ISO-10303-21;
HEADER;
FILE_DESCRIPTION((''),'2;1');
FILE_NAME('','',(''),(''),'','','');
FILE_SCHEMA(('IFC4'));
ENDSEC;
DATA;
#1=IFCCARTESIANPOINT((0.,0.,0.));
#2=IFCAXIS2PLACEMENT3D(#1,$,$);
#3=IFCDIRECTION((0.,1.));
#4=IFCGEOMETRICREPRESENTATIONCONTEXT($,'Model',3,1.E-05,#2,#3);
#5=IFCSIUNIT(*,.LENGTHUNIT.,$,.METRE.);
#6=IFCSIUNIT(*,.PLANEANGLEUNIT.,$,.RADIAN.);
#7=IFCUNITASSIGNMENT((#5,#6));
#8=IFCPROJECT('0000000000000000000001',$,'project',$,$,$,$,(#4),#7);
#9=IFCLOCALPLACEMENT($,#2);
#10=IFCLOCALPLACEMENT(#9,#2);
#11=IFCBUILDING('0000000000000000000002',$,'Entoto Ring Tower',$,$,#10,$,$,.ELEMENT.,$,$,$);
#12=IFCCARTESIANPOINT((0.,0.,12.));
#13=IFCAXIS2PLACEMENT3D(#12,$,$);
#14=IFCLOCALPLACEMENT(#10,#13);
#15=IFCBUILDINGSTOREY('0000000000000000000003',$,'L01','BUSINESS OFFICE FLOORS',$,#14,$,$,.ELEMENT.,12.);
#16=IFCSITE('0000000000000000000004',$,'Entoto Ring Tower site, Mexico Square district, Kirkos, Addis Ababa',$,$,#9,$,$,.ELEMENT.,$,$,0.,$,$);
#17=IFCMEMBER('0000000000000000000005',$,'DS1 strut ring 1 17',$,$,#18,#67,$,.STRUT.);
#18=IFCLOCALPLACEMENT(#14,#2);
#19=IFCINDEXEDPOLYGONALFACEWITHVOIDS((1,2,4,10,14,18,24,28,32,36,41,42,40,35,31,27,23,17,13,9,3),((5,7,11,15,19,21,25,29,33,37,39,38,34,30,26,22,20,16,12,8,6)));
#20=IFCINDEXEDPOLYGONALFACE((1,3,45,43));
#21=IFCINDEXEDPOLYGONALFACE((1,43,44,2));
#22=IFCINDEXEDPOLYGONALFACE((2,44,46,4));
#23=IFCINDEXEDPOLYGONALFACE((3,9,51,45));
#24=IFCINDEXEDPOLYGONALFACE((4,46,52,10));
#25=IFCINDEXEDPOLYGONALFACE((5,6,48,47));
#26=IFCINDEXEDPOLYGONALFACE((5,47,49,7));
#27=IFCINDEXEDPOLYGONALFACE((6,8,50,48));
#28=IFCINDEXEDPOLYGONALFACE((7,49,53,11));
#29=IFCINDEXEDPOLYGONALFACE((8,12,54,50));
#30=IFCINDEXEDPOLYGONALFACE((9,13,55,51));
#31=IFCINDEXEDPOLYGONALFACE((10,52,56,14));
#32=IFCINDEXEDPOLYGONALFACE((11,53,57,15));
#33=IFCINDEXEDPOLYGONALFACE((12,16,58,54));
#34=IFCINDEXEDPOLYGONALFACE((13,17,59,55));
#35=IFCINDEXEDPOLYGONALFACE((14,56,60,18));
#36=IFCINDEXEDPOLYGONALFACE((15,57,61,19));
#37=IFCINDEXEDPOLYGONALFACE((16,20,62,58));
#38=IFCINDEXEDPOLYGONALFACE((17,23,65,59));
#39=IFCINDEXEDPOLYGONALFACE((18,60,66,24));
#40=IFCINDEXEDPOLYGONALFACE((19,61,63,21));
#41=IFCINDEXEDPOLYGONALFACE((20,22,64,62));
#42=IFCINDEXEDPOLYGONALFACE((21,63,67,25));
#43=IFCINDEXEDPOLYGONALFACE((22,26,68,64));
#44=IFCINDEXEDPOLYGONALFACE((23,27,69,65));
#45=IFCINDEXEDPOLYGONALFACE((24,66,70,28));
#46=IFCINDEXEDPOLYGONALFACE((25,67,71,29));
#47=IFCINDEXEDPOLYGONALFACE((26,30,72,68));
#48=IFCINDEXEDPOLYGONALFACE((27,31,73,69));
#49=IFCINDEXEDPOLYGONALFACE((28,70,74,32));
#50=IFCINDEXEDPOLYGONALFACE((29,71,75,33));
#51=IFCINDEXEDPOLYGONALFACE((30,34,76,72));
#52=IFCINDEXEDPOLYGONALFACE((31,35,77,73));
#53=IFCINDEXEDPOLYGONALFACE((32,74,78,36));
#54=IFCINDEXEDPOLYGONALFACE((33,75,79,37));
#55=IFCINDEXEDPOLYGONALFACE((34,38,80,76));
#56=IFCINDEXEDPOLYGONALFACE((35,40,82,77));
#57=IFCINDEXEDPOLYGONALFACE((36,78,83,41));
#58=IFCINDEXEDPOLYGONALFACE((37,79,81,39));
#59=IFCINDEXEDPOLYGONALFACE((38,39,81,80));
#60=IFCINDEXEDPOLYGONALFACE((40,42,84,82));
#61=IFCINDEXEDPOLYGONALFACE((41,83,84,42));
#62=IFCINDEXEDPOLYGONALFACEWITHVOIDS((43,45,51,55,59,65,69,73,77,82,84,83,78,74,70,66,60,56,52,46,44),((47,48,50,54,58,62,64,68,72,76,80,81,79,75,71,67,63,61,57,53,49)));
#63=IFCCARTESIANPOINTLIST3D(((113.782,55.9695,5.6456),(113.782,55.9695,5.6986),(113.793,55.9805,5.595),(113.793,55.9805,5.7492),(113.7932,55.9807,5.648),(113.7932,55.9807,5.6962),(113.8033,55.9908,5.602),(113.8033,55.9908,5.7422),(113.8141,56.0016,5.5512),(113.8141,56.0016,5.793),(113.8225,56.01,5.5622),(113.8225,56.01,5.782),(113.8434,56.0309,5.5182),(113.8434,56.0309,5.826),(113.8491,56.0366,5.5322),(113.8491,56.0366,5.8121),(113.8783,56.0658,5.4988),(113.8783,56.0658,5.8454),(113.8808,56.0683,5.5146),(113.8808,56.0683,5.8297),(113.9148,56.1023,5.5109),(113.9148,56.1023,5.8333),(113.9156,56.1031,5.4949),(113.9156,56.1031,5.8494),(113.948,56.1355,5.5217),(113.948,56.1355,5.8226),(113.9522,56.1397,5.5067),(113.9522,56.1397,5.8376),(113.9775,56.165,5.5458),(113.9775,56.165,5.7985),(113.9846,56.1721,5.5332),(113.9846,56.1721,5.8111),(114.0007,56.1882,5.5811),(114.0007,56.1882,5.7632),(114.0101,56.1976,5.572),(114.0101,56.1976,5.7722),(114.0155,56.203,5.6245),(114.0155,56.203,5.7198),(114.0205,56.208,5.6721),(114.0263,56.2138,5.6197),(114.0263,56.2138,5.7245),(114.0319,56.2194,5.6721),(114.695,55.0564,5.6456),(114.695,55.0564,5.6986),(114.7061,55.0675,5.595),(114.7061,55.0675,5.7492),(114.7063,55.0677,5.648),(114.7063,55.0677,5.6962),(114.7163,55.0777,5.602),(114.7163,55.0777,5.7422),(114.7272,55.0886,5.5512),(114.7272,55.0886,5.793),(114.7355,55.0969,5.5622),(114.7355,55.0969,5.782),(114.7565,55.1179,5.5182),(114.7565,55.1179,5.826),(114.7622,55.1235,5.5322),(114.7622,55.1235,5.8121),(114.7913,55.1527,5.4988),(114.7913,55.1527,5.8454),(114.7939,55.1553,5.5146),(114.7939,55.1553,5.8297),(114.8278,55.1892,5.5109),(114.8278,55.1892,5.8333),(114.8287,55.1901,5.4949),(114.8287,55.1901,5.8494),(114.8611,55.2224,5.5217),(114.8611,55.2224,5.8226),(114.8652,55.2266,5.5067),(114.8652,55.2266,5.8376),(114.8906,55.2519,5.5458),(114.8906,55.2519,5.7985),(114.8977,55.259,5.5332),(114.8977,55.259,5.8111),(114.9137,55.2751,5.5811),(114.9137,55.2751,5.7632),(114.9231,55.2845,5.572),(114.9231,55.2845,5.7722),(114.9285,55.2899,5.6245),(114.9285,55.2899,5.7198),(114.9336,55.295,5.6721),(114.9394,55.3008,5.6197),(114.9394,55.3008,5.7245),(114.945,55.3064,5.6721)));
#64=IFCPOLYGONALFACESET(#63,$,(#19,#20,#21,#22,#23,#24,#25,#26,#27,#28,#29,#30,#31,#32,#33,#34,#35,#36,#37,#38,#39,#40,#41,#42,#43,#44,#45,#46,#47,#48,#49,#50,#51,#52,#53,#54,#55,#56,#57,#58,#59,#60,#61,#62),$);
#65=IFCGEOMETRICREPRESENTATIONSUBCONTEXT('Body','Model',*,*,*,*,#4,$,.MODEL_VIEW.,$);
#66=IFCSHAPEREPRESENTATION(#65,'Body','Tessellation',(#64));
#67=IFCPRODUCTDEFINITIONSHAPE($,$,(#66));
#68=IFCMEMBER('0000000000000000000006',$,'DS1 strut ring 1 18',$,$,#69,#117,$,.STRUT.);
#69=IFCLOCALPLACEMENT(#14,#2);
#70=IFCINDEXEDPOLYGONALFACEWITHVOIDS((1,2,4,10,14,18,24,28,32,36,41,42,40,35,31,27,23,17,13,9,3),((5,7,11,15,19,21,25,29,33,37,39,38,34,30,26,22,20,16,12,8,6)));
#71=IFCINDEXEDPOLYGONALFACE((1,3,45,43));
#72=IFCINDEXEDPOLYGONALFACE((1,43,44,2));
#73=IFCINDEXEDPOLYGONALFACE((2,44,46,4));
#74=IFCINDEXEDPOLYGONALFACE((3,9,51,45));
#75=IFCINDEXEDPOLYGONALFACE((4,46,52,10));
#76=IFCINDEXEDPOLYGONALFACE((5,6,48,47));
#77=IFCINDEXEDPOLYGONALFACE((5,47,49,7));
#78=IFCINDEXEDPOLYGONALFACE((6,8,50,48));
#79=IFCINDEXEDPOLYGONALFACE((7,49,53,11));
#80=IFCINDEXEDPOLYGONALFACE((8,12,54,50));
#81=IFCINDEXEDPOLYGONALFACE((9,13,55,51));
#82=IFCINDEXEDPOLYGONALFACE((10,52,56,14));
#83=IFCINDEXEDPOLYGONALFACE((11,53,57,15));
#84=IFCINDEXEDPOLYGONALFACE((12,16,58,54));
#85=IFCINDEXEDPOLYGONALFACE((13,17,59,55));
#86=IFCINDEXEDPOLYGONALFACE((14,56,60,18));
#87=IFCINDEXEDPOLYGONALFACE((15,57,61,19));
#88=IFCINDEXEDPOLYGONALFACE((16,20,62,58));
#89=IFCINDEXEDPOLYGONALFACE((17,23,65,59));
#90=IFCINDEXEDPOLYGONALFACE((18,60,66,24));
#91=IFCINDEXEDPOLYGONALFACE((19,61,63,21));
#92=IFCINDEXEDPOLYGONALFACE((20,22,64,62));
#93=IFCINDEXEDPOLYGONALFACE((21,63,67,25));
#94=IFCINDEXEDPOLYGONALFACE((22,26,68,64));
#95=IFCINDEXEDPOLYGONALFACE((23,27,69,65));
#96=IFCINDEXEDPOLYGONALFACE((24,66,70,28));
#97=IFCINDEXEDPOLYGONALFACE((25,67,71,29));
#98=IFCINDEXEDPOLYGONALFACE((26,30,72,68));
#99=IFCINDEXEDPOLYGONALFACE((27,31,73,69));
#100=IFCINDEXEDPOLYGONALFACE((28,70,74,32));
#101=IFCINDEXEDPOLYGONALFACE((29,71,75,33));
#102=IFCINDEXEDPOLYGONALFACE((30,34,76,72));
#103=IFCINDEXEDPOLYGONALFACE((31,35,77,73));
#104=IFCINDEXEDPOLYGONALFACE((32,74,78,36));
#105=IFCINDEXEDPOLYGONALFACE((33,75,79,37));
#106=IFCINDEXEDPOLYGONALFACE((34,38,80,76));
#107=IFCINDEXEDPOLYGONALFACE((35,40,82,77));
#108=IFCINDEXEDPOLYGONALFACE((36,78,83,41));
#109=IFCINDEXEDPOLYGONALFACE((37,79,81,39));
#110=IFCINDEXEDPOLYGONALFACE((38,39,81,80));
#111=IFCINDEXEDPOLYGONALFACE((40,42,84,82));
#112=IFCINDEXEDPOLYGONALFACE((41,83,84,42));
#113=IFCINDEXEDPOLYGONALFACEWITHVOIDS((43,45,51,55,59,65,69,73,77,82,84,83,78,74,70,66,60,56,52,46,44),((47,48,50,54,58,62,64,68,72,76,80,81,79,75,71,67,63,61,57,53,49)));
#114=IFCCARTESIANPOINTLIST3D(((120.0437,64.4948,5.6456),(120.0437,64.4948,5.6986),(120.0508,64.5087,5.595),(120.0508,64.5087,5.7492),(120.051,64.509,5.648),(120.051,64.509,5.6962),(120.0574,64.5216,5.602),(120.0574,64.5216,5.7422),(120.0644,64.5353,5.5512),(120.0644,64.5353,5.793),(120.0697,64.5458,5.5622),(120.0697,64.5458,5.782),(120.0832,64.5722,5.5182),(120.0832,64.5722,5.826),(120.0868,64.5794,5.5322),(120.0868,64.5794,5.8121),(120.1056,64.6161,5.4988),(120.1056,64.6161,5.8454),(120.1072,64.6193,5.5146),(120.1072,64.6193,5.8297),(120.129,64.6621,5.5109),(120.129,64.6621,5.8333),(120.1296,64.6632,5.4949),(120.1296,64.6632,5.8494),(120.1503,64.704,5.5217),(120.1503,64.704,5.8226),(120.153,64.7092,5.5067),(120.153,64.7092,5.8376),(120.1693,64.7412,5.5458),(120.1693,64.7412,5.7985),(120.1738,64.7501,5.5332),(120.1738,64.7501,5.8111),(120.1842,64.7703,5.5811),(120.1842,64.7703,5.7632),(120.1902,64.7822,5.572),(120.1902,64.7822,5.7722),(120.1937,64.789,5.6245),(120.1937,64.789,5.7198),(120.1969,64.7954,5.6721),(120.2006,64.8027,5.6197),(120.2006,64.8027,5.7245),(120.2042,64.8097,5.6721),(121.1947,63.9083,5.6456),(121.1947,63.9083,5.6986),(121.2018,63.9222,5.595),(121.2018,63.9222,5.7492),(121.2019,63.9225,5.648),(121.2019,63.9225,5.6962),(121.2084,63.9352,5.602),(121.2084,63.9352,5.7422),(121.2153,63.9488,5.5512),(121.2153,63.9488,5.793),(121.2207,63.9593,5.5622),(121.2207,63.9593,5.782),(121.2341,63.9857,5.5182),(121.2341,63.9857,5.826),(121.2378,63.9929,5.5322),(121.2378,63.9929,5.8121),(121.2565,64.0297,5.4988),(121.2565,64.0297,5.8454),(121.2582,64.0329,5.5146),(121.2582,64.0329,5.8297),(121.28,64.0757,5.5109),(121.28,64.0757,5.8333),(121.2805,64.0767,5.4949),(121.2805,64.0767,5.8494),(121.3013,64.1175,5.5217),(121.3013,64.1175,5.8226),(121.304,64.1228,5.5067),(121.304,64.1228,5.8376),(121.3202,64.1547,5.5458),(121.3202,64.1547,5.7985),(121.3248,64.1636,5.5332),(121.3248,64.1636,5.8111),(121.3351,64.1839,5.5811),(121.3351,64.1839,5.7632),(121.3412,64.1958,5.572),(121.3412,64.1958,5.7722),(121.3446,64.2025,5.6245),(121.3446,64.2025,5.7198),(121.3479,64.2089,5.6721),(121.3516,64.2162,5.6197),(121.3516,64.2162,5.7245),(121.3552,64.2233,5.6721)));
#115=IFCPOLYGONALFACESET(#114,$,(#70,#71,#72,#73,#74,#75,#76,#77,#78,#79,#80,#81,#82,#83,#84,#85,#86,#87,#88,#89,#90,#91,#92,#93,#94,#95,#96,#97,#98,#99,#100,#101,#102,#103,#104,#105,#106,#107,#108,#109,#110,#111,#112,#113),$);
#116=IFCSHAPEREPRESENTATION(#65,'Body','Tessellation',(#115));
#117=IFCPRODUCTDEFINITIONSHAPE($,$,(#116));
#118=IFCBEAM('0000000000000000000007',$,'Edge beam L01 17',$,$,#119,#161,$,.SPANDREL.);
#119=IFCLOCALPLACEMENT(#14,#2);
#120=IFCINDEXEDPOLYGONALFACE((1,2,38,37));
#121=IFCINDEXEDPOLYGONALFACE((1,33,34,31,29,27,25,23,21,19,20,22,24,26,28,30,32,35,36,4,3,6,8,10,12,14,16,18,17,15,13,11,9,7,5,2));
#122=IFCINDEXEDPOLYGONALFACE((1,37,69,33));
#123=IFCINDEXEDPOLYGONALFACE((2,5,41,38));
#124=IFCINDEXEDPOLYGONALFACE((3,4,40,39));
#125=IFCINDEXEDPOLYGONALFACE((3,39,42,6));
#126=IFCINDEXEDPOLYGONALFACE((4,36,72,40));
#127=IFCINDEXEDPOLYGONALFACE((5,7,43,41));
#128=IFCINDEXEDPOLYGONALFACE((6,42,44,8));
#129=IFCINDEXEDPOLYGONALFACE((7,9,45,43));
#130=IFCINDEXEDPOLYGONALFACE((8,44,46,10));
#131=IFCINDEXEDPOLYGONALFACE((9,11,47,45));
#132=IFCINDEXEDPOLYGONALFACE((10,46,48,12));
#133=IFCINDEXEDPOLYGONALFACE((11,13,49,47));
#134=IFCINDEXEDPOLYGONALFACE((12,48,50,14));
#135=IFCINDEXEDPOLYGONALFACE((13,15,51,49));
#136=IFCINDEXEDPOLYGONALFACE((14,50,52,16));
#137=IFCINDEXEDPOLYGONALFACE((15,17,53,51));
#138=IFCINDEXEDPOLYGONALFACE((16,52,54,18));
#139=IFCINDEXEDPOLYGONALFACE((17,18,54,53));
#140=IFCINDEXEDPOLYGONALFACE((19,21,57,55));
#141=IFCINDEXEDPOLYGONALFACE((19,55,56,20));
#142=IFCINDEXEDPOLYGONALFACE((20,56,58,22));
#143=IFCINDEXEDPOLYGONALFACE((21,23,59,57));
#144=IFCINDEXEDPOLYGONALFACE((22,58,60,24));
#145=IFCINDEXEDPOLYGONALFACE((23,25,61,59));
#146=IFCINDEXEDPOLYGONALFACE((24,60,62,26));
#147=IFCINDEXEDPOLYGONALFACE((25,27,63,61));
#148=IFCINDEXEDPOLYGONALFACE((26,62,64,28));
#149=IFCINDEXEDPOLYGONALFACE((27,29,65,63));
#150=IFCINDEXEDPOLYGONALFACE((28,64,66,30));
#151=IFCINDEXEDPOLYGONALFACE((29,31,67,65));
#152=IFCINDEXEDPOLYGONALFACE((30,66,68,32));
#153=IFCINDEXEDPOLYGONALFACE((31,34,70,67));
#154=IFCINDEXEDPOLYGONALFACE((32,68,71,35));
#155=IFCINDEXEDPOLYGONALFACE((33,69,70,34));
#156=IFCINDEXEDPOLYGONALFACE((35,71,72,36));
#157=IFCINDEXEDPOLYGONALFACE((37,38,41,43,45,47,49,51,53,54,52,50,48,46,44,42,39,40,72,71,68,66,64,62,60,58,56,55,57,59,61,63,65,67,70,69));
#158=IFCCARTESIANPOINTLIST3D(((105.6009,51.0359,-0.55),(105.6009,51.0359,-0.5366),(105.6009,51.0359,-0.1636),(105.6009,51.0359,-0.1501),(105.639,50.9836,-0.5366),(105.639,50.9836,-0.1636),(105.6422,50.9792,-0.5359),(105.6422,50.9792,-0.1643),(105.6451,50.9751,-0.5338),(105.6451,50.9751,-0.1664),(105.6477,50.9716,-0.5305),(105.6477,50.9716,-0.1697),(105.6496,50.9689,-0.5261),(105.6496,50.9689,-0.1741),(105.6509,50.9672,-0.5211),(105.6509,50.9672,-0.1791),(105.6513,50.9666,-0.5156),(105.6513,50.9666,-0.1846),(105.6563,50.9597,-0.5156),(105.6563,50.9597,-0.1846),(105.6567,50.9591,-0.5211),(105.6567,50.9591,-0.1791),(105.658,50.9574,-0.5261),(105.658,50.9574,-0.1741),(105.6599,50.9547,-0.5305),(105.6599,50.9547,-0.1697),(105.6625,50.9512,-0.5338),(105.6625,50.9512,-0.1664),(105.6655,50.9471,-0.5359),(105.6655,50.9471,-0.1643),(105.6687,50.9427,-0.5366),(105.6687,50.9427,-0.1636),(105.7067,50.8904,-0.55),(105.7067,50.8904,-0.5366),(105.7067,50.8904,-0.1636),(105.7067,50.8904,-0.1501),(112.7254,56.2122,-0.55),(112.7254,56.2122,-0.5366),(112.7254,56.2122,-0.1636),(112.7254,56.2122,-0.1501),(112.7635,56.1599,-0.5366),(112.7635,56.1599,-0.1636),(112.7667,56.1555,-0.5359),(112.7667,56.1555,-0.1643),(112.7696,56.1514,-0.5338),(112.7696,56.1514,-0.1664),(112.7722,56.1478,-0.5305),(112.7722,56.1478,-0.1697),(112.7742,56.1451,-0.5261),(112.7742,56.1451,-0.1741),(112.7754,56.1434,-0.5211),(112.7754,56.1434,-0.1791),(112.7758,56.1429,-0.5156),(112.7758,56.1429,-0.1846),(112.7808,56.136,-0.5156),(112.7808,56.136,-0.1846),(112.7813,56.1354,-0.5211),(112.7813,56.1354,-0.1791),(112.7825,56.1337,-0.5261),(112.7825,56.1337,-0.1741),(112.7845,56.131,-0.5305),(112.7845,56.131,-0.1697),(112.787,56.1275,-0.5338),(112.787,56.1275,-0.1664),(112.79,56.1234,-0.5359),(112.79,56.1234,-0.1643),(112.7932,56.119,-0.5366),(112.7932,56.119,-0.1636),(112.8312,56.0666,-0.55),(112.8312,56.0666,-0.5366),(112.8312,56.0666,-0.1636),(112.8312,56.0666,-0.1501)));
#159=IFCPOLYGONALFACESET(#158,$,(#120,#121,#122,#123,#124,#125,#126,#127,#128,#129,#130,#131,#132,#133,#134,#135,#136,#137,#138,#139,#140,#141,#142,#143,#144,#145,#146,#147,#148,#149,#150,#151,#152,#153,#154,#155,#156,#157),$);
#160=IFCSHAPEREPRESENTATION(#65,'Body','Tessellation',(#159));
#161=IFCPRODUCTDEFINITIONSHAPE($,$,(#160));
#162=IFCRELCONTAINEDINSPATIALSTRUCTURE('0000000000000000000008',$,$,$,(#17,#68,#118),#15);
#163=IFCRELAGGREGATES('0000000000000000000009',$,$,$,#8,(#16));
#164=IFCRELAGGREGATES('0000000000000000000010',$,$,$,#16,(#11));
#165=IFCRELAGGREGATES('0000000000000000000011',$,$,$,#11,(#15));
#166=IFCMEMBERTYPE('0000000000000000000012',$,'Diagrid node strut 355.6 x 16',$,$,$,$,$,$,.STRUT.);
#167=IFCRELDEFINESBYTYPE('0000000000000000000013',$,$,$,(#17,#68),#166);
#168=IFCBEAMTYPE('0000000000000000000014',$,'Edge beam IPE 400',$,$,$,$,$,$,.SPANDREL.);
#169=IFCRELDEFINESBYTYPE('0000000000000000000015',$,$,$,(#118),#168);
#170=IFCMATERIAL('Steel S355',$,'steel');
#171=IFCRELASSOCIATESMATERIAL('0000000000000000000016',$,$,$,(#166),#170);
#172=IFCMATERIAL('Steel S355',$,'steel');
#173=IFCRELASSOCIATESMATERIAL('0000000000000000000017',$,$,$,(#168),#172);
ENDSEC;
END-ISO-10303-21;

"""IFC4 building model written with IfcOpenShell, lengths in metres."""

from ifc_helpers import new_model, si_unit, direction, frame, origin, origin_2d, place, context, subcontext, project, spatial, circle, hollow_circle, i_section, extrude, material, material_profile, profile_set, type_object, element, save


model = new_model("IFC4")

# Units and contexts
model_context = context("Model", 3, precision=1e-05, world=origin(), true_north=direction((0.0, 1.0)))
body_context = subcontext(model_context, "Body", "Model", "MODEL_VIEW")
ifc_project = project(units=[si_unit("LENGTHUNIT", "METRE"), si_unit("PLANEANGLEUNIT", "RADIAN")], contexts=[model_context])

# Site, building, storey
site_placement = place(None, origin())
site = spatial("IfcSite", under=ifc_project, at=site_placement, Name="Entoto Ring Tower site, Mexico Square district, Kirkos, Addis Ababa", CompositionType="ELEMENT", RefElevation=0.0)
building_placement = place(site_placement, origin())
building = spatial("IfcBuilding", under=site, at=building_placement, Name="Entoto Ring Tower", CompositionType="ELEMENT")
storey_placement = place(building_placement, frame((0.0, 0.0, 12.0)))
storey = spatial("IfcBuildingStorey", under=building, at=storey_placement, Name="L01", Description="BUSINESS OFFICE FLOORS", CompositionType="ELEMENT", Elevation=12.0)

# Members
ifc_material_1 = material(Name="Steel S355", Category="steel")
ifc_material_profile_1 = material_profile(ifc_material_1, hollow_circle(Radius=0.1777, WallThickness=0.0161, at=origin_2d()), Name="CHS 355.6 x 16")
ifc_material_2 = material(Name="Concrete C60/75", Category="concrete")
ifc_material_profile_2 = material_profile(ifc_material_2, circle(Radius=0.1619, at=origin_2d()), Name="Concrete C60/75 infill")
ifc_profile_set_1 = profile_set([ifc_material_profile_1, ifc_material_profile_2], Name="Steel S355")
member_type_1 = type_object("IfcMemberType", Name="Diagrid node strut 355.6 x 16", PredefinedType="STRUT", material=ifc_profile_set_1)
member_1_placement = place(storey_placement, frame((113.9062, 56.0938, 5.6721), z_axis=(0.707107, -0.707107, 0.0), x_axis=(0.707107, 0.707107, 0.0)))
element("IfcMember", 1, at=member_1_placement, inside=storey, type_object=member_type_1, Name="DS1 strut ring 1 17", PredefinedType="STRUT", context=body_context, shape_type="SweptSolid", body=[
    extrude(hollow_circle(Radius=0.1777, WallThickness=0.0161, at=origin_2d()), origin(), (0.0, 0.0, 1.0), 1.2913),
])
member_2_placement = place(storey_placement, frame((120.1235, 64.6514, 5.6721), z_axis=(0.890999, -0.454005, 0.0), x_axis=(0.454005, 0.890999, 0.0)))
element("IfcMember", 2, at=member_2_placement, inside=storey, type_object=member_type_1, Name="DS1 strut ring 1 18", PredefinedType="STRUT", context=body_context, shape_type="SweptSolid", body=[
    extrude(hollow_circle(Radius=0.1777, WallThickness=0.0161, at=origin_2d()), origin(), (0.0, 0.0, 1.0), 1.2917),
])

# Beam
ifc_material_3 = material(Name="Steel S355", Category="steel")
ifc_material_profile_3 = material_profile(ifc_material_3, i_section(OverallWidth=0.1799, OverallDepth=0.3999, WebThickness=0.0085, FlangeThickness=0.0134, FilletRadius=0.021, at=origin_2d()), Name="IPE 400")
ifc_profile_set_2 = profile_set([ifc_material_profile_3], Name="Steel S355")
beam_type = type_object("IfcBeamType", Name="Edge beam IPE 400", PredefinedType="SPANDREL", material=ifc_profile_set_2)
for number, where, z_axis, x_axis, name in (
    (3, (105.6538, 50.9631, -0.3501), (0.809017, 0.587786, 0.0), (-0.587786, 0.809017, 0.0), "Edge beam L01 17"),
):
    element("IfcBeam", number, at=place(storey_placement, frame(where, z_axis=z_axis, x_axis=x_axis)), inside=storey, type_object=beam_type, Name=name, PredefinedType="SPANDREL", context=body_context, shape_type="SweptSolid", body=[
        extrude(i_section(OverallWidth=0.1799, OverallDepth=0.3999, WebThickness=0.0085, FlangeThickness=0.0134, FilletRadius=0.021, at=origin_2d()), origin(), (0.0, 0.0, 1.0), 8.8064),
    ])

save(model, "model.ifc")
